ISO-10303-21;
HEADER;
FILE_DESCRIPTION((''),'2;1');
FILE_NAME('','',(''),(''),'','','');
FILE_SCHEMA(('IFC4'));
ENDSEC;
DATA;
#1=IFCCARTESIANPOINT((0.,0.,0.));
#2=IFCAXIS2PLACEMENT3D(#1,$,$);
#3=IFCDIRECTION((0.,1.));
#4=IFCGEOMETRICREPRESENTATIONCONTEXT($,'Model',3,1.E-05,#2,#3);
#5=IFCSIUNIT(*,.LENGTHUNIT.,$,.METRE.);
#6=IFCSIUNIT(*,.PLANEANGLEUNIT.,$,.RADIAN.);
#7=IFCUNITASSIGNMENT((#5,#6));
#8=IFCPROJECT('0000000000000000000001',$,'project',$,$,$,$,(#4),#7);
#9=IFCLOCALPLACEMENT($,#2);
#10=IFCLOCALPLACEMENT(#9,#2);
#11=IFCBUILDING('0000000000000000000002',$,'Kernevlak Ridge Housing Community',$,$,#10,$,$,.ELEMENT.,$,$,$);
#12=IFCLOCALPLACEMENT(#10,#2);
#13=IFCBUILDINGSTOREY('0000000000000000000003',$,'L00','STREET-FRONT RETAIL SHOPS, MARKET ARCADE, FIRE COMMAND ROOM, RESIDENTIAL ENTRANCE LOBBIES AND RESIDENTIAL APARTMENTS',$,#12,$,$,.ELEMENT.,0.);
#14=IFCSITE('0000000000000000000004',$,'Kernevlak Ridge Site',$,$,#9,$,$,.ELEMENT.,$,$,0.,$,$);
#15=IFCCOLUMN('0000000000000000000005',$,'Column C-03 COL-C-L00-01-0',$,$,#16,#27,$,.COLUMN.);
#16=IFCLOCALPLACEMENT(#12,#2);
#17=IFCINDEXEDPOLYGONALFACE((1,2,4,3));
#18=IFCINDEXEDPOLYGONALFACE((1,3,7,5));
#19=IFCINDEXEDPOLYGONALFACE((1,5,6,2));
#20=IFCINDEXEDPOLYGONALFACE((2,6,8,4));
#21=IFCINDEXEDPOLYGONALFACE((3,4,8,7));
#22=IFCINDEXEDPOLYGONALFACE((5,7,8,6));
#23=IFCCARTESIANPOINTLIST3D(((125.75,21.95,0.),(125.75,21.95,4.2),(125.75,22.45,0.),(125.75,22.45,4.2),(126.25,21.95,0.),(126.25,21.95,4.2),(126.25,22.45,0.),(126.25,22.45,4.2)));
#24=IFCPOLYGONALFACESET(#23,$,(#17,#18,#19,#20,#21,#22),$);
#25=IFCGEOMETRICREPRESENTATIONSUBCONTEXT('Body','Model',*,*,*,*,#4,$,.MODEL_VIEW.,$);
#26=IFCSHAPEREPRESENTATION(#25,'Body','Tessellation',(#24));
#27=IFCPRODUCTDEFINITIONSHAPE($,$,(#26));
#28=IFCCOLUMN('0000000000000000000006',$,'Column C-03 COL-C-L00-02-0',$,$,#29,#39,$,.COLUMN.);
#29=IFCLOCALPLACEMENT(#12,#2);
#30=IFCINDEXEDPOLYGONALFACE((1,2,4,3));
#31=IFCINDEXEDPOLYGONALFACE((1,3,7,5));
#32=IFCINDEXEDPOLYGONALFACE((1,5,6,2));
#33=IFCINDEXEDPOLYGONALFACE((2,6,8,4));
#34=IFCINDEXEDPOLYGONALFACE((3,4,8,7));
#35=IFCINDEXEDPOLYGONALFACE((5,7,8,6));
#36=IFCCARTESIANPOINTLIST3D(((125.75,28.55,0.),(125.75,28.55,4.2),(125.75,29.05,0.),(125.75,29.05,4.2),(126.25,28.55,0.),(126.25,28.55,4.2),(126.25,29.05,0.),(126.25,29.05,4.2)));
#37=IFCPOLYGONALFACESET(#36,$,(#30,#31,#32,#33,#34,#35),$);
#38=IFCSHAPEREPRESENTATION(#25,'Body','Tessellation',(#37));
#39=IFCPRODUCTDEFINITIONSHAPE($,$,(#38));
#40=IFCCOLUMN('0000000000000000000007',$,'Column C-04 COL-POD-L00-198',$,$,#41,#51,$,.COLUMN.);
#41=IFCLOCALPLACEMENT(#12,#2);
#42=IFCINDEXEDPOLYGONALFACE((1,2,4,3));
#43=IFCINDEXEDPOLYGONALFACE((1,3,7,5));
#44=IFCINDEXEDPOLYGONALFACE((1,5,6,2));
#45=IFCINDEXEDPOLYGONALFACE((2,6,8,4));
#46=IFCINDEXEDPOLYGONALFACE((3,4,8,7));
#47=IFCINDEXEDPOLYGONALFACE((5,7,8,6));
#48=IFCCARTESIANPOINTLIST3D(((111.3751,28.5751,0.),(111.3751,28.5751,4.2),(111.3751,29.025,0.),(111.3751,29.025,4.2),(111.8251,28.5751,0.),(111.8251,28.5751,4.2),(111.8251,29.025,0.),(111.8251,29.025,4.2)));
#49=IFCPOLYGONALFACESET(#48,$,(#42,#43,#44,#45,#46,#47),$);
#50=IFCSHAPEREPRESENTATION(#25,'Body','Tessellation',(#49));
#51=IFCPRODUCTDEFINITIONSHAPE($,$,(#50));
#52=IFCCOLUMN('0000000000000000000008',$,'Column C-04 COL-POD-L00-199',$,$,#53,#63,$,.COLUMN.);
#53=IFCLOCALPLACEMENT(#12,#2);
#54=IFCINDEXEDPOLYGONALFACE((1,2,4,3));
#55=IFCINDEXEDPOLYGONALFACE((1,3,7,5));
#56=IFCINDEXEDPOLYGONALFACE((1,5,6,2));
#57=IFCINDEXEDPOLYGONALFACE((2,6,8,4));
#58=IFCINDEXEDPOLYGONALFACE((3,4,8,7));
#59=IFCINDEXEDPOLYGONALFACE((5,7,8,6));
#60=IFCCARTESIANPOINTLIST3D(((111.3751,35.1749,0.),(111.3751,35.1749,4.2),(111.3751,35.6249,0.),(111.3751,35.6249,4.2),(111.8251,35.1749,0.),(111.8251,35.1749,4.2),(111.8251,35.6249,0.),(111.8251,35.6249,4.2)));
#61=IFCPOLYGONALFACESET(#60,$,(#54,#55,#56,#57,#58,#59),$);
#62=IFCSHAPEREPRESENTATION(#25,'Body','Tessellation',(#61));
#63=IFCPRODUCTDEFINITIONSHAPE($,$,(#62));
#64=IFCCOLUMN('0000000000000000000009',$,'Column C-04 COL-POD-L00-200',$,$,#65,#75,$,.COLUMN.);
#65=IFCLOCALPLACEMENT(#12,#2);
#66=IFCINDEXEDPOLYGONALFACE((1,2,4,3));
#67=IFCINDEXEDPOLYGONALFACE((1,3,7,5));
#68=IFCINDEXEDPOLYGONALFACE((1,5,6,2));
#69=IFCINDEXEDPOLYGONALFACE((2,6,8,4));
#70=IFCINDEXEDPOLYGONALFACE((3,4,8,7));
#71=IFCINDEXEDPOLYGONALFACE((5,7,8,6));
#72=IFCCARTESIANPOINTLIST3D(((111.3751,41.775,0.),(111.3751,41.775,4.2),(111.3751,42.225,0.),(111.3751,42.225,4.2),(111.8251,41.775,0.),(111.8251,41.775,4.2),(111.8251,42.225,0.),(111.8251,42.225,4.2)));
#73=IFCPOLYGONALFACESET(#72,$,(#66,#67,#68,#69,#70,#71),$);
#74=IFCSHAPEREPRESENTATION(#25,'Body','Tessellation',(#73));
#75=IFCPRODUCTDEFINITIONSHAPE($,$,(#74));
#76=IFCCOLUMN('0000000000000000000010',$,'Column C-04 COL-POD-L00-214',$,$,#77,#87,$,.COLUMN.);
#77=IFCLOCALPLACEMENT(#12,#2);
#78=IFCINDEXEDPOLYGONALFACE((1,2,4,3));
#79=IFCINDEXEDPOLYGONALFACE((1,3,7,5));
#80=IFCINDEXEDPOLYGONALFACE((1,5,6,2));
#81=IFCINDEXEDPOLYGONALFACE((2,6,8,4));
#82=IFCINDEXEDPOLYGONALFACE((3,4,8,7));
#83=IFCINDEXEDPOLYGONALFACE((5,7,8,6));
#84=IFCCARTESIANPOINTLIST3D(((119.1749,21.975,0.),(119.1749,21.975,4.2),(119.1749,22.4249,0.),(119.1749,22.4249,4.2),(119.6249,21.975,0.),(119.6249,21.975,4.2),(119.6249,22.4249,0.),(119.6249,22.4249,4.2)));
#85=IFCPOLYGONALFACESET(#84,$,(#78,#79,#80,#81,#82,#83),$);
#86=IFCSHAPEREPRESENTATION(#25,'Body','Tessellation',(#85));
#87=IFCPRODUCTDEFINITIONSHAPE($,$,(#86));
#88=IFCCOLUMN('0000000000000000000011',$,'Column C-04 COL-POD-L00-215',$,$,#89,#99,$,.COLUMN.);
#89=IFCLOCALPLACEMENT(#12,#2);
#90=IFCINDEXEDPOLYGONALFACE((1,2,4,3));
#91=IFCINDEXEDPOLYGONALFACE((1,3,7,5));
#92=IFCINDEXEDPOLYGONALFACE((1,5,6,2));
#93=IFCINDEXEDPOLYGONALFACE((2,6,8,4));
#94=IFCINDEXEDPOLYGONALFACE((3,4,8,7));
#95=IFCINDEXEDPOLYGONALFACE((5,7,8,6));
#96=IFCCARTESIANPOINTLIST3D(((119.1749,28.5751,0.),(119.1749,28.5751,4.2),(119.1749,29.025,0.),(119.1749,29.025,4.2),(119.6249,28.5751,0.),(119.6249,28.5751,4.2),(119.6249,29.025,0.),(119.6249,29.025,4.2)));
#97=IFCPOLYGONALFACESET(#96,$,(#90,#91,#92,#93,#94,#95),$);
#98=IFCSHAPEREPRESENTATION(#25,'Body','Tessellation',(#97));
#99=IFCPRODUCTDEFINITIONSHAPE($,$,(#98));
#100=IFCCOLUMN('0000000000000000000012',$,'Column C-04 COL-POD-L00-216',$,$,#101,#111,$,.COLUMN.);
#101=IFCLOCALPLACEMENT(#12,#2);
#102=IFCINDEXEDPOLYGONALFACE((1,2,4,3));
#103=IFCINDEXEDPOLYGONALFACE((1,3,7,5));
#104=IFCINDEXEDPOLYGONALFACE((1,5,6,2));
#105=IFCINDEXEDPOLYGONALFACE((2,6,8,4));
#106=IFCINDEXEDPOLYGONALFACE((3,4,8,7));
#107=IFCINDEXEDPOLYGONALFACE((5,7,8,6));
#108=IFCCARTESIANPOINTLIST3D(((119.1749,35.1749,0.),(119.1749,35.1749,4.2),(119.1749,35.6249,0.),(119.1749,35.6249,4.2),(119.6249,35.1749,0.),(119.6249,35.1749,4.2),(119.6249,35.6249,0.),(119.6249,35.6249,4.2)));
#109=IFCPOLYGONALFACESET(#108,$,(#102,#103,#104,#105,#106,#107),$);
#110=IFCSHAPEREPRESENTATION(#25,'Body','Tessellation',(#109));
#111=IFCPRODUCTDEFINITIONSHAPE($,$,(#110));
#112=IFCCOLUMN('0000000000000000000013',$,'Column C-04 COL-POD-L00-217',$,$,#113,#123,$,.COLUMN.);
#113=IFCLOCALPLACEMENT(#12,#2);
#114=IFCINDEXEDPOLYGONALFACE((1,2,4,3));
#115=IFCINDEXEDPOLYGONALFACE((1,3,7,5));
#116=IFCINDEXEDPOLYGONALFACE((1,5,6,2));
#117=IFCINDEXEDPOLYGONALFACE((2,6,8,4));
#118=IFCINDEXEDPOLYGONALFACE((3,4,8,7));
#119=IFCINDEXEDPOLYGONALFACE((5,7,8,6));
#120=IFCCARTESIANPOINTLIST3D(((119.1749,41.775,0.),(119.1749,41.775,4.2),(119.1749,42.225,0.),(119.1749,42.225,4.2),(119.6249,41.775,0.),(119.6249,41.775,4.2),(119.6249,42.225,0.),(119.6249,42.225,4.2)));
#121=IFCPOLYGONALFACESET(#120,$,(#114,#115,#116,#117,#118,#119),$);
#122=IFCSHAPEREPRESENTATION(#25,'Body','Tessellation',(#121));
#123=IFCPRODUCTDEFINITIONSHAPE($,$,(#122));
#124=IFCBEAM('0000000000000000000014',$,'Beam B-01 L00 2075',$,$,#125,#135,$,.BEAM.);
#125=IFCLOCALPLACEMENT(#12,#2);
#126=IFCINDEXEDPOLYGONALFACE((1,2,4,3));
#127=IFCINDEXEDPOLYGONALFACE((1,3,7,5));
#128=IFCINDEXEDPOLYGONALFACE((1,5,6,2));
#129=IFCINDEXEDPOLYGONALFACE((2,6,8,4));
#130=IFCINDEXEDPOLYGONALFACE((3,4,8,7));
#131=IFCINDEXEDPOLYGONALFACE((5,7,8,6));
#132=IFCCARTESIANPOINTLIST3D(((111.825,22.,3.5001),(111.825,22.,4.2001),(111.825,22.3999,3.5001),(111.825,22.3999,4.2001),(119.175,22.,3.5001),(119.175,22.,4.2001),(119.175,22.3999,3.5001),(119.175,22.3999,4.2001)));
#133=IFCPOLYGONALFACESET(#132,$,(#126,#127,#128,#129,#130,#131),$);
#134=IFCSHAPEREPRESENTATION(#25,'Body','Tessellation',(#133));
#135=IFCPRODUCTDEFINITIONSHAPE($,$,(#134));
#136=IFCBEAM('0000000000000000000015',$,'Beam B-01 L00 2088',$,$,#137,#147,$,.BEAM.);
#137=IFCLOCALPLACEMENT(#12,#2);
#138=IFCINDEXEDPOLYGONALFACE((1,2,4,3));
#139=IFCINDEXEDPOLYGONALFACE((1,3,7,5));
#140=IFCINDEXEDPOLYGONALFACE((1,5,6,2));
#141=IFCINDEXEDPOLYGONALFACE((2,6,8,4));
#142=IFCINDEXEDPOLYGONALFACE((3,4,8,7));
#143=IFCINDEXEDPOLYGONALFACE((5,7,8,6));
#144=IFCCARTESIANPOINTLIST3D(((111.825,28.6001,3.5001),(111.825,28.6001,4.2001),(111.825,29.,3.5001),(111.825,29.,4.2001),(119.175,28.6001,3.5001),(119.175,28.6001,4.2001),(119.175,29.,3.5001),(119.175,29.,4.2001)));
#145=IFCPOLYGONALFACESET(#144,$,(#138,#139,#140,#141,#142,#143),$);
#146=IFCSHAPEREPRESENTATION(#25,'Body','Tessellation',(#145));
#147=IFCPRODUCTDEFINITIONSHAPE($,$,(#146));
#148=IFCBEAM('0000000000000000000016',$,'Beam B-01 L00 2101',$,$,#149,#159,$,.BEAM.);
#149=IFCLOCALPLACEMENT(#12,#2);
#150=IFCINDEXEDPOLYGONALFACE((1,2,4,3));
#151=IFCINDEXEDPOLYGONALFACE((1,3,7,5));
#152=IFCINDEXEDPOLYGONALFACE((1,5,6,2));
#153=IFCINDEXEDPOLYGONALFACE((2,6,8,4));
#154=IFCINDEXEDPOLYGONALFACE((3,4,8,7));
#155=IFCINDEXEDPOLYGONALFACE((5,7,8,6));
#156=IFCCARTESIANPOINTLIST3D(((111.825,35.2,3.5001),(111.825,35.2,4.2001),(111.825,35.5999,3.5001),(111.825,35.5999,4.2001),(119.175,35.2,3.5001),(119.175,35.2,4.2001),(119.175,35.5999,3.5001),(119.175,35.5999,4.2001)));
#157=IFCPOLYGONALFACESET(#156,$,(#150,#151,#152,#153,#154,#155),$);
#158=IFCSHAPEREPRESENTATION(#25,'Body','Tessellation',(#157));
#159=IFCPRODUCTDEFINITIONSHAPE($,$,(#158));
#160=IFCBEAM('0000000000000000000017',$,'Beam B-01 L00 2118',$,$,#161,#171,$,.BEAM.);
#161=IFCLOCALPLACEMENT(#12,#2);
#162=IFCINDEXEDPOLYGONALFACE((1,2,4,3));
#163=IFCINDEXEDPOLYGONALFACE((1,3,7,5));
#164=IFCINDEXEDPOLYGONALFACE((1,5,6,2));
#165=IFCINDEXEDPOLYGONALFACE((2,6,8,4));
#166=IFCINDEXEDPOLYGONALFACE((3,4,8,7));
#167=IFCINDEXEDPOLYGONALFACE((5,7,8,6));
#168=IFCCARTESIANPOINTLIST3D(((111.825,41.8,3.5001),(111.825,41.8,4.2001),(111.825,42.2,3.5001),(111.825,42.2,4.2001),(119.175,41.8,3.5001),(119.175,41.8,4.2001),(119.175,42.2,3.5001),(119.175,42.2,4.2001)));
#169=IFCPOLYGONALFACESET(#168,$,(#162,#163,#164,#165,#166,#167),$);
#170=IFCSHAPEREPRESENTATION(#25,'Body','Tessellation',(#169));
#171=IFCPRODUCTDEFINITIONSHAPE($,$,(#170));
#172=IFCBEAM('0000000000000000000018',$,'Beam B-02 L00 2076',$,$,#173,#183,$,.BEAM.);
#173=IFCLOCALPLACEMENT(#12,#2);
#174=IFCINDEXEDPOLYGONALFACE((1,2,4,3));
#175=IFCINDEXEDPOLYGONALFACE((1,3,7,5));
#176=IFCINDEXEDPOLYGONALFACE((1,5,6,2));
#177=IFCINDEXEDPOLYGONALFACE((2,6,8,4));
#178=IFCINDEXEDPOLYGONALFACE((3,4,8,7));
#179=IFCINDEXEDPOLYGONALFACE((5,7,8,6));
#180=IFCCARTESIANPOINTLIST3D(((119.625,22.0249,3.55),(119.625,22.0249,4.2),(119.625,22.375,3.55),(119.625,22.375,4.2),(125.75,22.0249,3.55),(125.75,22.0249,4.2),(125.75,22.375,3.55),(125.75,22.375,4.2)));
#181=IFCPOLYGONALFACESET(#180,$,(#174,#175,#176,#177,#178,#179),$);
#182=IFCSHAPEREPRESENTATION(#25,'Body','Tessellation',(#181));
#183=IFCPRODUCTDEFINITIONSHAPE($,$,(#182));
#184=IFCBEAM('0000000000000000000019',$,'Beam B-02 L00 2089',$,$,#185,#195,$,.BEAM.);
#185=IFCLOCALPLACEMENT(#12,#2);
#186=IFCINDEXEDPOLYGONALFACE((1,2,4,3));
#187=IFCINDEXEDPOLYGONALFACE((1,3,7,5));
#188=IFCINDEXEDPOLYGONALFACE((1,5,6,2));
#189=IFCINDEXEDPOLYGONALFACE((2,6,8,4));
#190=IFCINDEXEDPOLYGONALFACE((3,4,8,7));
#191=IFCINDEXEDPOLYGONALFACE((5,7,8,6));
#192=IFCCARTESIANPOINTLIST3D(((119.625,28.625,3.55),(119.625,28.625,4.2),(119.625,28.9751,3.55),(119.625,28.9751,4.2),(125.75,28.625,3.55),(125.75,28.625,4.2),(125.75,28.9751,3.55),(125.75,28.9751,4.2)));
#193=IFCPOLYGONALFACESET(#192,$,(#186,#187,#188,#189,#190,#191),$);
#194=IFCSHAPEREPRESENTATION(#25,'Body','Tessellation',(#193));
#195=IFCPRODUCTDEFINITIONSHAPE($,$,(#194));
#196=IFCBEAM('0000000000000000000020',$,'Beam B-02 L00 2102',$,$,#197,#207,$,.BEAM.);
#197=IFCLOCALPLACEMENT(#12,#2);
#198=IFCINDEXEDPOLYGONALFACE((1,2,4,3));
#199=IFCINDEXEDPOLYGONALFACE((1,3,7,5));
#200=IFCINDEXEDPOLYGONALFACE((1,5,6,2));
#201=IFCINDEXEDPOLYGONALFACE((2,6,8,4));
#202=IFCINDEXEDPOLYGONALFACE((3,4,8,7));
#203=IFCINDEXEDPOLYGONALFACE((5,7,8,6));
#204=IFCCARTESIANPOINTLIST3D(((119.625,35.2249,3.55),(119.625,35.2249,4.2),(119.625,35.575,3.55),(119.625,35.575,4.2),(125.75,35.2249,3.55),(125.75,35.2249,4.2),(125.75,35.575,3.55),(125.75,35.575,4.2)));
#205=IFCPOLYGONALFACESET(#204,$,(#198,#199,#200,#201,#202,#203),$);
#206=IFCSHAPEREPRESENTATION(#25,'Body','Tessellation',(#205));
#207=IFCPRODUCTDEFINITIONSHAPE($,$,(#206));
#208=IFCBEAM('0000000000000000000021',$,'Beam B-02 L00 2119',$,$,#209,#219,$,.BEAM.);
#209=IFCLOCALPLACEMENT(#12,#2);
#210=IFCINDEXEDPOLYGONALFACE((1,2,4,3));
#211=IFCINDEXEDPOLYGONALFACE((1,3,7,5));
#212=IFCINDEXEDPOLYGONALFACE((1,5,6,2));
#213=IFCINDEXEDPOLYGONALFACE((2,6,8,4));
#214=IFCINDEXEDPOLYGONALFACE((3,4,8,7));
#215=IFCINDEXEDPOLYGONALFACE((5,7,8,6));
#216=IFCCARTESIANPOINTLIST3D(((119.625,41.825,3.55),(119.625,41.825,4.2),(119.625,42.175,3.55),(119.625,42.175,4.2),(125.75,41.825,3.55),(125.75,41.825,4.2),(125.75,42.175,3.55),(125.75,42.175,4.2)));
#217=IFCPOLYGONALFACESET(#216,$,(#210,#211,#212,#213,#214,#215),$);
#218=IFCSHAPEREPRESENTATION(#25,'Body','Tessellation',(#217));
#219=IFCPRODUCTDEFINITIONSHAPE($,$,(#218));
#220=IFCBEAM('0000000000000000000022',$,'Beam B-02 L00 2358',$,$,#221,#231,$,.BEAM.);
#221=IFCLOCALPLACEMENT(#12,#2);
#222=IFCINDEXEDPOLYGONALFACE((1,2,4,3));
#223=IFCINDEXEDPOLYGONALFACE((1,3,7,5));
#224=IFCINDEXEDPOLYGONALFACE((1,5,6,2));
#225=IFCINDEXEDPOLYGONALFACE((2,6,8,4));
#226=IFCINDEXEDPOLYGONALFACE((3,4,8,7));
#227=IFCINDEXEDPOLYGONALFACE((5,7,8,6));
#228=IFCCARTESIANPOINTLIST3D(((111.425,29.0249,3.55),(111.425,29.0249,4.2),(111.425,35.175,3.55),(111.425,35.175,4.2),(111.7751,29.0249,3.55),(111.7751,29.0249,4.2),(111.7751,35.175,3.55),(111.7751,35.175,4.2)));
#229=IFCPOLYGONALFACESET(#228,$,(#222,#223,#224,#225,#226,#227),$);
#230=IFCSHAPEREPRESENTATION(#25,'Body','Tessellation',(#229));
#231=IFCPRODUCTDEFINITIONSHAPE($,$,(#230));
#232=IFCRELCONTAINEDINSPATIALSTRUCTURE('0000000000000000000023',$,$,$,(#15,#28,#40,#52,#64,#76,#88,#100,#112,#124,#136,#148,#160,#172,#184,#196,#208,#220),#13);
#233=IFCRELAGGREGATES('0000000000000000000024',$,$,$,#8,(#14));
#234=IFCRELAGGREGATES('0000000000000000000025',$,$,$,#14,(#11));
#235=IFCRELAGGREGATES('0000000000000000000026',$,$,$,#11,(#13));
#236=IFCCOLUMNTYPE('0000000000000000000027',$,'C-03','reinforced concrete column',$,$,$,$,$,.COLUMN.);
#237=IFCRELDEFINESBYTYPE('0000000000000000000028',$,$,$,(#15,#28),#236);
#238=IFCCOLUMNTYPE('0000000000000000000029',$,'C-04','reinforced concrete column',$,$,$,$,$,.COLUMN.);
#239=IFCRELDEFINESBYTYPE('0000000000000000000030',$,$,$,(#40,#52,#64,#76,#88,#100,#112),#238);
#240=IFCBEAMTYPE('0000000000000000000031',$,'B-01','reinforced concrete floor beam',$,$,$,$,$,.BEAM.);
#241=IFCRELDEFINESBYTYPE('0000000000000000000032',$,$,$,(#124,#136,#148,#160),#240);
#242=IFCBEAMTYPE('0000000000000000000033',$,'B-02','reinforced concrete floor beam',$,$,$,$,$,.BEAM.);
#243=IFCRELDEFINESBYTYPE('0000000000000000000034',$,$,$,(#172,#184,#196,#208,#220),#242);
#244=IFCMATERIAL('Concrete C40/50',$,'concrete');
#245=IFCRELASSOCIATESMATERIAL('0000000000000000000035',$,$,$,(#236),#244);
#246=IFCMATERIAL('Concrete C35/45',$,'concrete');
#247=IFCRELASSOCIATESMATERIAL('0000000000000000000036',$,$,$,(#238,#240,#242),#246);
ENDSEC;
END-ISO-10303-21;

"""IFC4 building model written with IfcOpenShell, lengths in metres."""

from ifc_helpers import new_model, si_unit, direction, frame, origin, origin_2d, place, context, subcontext, project, spatial, rectangle, extrude, material, material_profile, profile_set, type_object, element, save


model = new_model("IFC4")

# Units and contexts
model_context = context("Model", 3, precision=1e-05, world=origin(), true_north=direction((0.0, 1.0)))
body_context = subcontext(model_context, "Body", "Model", "MODEL_VIEW")
ifc_project = project(units=[si_unit("LENGTHUNIT", "METRE"), si_unit("PLANEANGLEUNIT", "RADIAN")], contexts=[model_context])

# Site, building, storey
site_placement = place(None, origin())
site = spatial("IfcSite", under=ifc_project, at=site_placement, Name="Kernevlak Ridge Site", CompositionType="ELEMENT", RefElevation=0.0)
building_placement = place(site_placement, origin())
building = spatial("IfcBuilding", under=site, at=building_placement, Name="Kernevlak Ridge Housing Community", CompositionType="ELEMENT")
storey_placement = place(building_placement, origin())
storey = spatial("IfcBuildingStorey", under=building, at=storey_placement, Name="L00", Description="STREET-FRONT RETAIL SHOPS, MARKET ARCADE, FIRE COMMAND ROOM, RESIDENTIAL ENTRANCE LOBBIES AND RESIDENTIAL APARTMENTS", CompositionType="ELEMENT", Elevation=0.0)

# Columns
ifc_material_1 = material(Name="Concrete C40/50", Category="concrete")
ifc_material_profile_1 = material_profile(ifc_material_1, rectangle(XDim=0.5, YDim=0.5, at=origin_2d()), Name="RC 500x500")
ifc_profile_set_1 = profile_set([ifc_material_profile_1], Name="Concrete C40/50")
column_type_1 = type_object("IfcColumnType", Name="C-03", Description="reinforced concrete column", PredefinedType="COLUMN", material=ifc_profile_set_1)
for number, where, z_axis, x_axis, name in (
    (1, (126.0, 22.2, 0.0), (0.0, 0.0, 1.0), (1.0, 0.0, 0.0), "Column C-03 COL-C-L00-01-0"),
    (2, (126.0, 28.8, 0.0), (0.0, 0.0, 1.0), (1.0, 0.0, 0.0), "Column C-03 COL-C-L00-02-0"),
):
    element("IfcColumn", number, at=place(storey_placement, frame(where, z_axis=z_axis, x_axis=x_axis)), inside=storey, type_object=column_type_1, Name=name, PredefinedType="COLUMN", context=body_context, shape_type="SweptSolid", body=[
        extrude(rectangle(XDim=0.5, YDim=0.5, at=origin_2d()), origin(), (0.0, 0.0, 1.0), 4.2),
    ])
ifc_material_2 = material(Name="Concrete C35/45", Category="concrete")
ifc_material_profile_2 = material_profile(ifc_material_2, rectangle(XDim=0.45, YDim=0.45, at=origin_2d()), Name="RC 450x450")
ifc_profile_set_2 = profile_set([ifc_material_profile_2], Name="Concrete C35/45")
column_type_2 = type_object("IfcColumnType", Name="C-04", Description="reinforced concrete column", PredefinedType="COLUMN", material=ifc_profile_set_2)
for number, where, z_axis, x_axis, name in (
    (3, (111.6001, 28.8, 0.0), (0.0, 0.0, 1.0), (1.0, 0.0, 0.0), "Column C-04 COL-POD-L00-198"),
    (4, (111.6001, 35.3999, 0.0), (0.0, 0.0, 1.0), (1.0, 0.0, 0.0), "Column C-04 COL-POD-L00-199"),
    (5, (111.6001, 42.0, 0.0), (0.0, 0.0, 1.0), (1.0, 0.0, 0.0), "Column C-04 COL-POD-L00-200"),
    (6, (119.3999, 22.2, 0.0), (0.0, 0.0, 1.0), (1.0, 0.0, 0.0), "Column C-04 COL-POD-L00-214"),
    (7, (119.3999, 28.8, 0.0), (0.0, 0.0, 1.0), (1.0, 0.0, 0.0), "Column C-04 COL-POD-L00-215"),
    (8, (119.3999, 35.3999, 0.0), (0.0, 0.0, 1.0), (1.0, 0.0, 0.0), "Column C-04 COL-POD-L00-216"),
    (9, (119.3999, 42.0, 0.0), (0.0, 0.0, 1.0), (1.0, 0.0, 0.0), "Column C-04 COL-POD-L00-217"),
):
    element("IfcColumn", number, at=place(storey_placement, frame(where, z_axis=z_axis, x_axis=x_axis)), inside=storey, type_object=column_type_2, Name=name, PredefinedType="COLUMN", context=body_context, shape_type="SweptSolid", body=[
        extrude(rectangle(XDim=0.45, YDim=0.45, at=origin_2d()), origin(), (0.0, 0.0, 1.0), 4.2),
    ])

# Beams
ifc_material_profile_3 = material_profile(ifc_material_2, rectangle(XDim=0.3999, YDim=0.7, at=origin_2d()), Name="RC 400x700")
ifc_profile_set_3 = profile_set([ifc_material_profile_3], Name="Concrete C35/45")
beam_type_1 = type_object("IfcBeamType", Name="B-01", Description="reinforced concrete floor beam", PredefinedType="BEAM", material=ifc_profile_set_3)
for number, where, z_axis, x_axis, name in (
    (10, (111.825, 22.2, 3.8501), (1.0, 0.0, 0.0), (0.0, 1.0, 0.0), "Beam B-01 L00 2075"),
    (11, (111.825, 28.8, 3.8501), (1.0, 0.0, 0.0), (0.0, 1.0, 0.0), "Beam B-01 L00 2088"),
    (12, (111.825, 35.3999, 3.8501), (1.0, 0.0, 0.0), (0.0, 1.0, 0.0), "Beam B-01 L00 2101"),
    (13, (111.825, 42.0, 3.8501), (1.0, 0.0, 0.0), (0.0, 1.0, 0.0), "Beam B-01 L00 2118"),
):
    element("IfcBeam", number, at=place(storey_placement, frame(where, z_axis=z_axis, x_axis=x_axis)), inside=storey, type_object=beam_type_1, Name=name, PredefinedType="BEAM", context=body_context, shape_type="SweptSolid", body=[
        extrude(rectangle(XDim=0.3999, YDim=0.7, at=origin_2d()), origin(), (0.0, 0.0, 1.0), 7.3501),
    ])
ifc_material_profile_4 = material_profile(ifc_material_2, rectangle(XDim=0.3501, YDim=0.6499, at=origin_2d()), Name="RC 350x650")
ifc_profile_set_4 = profile_set([ifc_material_profile_4], Name="Concrete C35/45")
beam_type_2 = type_object("IfcBeamType", Name="B-02", Description="reinforced concrete floor beam", PredefinedType="BEAM", material=ifc_profile_set_4)
for number, where, z_axis, x_axis, name in (
    (14, (119.625, 22.2, 3.875), (1.0, 0.0, 0.0), (0.0, 1.0, 0.0), "Beam B-02 L00 2076"),
    (15, (119.625, 28.8, 3.875), (1.0, 0.0, 0.0), (0.0, 1.0, 0.0), "Beam B-02 L00 2089"),
    (16, (119.625, 35.3999, 3.875), (1.0, 0.0, 0.0), (0.0, 1.0, 0.0), "Beam B-02 L00 2102"),
    (17, (119.625, 42.0, 3.875), (1.0, 0.0, 0.0), (0.0, 1.0, 0.0), "Beam B-02 L00 2119"),
):
    element("IfcBeam", number, at=place(storey_placement, frame(where, z_axis=z_axis, x_axis=x_axis)), inside=storey, type_object=beam_type_2, Name=name, PredefinedType="BEAM", context=body_context, shape_type="SweptSolid", body=[
        extrude(rectangle(XDim=0.3501, YDim=0.6499, at=origin_2d()), origin(), (0.0, 0.0, 1.0), 6.125),
    ])
beam_1_placement = place(storey_placement, frame((111.6001, 29.0249, 3.875), z_axis=(0.0, 1.0, 0.0), x_axis=(-1.0, 0.0, 0.0)))
element("IfcBeam", 18, at=beam_1_placement, inside=storey, type_object=beam_type_2, Name="Beam B-02 L00 2358", PredefinedType="BEAM", context=body_context, shape_type="SweptSolid", body=[
    extrude(rectangle(XDim=0.3501, YDim=0.6499, at=origin_2d()), origin(), (0.0, 0.0, 1.0), 6.1501),
])

save(model, "model.ifc")
